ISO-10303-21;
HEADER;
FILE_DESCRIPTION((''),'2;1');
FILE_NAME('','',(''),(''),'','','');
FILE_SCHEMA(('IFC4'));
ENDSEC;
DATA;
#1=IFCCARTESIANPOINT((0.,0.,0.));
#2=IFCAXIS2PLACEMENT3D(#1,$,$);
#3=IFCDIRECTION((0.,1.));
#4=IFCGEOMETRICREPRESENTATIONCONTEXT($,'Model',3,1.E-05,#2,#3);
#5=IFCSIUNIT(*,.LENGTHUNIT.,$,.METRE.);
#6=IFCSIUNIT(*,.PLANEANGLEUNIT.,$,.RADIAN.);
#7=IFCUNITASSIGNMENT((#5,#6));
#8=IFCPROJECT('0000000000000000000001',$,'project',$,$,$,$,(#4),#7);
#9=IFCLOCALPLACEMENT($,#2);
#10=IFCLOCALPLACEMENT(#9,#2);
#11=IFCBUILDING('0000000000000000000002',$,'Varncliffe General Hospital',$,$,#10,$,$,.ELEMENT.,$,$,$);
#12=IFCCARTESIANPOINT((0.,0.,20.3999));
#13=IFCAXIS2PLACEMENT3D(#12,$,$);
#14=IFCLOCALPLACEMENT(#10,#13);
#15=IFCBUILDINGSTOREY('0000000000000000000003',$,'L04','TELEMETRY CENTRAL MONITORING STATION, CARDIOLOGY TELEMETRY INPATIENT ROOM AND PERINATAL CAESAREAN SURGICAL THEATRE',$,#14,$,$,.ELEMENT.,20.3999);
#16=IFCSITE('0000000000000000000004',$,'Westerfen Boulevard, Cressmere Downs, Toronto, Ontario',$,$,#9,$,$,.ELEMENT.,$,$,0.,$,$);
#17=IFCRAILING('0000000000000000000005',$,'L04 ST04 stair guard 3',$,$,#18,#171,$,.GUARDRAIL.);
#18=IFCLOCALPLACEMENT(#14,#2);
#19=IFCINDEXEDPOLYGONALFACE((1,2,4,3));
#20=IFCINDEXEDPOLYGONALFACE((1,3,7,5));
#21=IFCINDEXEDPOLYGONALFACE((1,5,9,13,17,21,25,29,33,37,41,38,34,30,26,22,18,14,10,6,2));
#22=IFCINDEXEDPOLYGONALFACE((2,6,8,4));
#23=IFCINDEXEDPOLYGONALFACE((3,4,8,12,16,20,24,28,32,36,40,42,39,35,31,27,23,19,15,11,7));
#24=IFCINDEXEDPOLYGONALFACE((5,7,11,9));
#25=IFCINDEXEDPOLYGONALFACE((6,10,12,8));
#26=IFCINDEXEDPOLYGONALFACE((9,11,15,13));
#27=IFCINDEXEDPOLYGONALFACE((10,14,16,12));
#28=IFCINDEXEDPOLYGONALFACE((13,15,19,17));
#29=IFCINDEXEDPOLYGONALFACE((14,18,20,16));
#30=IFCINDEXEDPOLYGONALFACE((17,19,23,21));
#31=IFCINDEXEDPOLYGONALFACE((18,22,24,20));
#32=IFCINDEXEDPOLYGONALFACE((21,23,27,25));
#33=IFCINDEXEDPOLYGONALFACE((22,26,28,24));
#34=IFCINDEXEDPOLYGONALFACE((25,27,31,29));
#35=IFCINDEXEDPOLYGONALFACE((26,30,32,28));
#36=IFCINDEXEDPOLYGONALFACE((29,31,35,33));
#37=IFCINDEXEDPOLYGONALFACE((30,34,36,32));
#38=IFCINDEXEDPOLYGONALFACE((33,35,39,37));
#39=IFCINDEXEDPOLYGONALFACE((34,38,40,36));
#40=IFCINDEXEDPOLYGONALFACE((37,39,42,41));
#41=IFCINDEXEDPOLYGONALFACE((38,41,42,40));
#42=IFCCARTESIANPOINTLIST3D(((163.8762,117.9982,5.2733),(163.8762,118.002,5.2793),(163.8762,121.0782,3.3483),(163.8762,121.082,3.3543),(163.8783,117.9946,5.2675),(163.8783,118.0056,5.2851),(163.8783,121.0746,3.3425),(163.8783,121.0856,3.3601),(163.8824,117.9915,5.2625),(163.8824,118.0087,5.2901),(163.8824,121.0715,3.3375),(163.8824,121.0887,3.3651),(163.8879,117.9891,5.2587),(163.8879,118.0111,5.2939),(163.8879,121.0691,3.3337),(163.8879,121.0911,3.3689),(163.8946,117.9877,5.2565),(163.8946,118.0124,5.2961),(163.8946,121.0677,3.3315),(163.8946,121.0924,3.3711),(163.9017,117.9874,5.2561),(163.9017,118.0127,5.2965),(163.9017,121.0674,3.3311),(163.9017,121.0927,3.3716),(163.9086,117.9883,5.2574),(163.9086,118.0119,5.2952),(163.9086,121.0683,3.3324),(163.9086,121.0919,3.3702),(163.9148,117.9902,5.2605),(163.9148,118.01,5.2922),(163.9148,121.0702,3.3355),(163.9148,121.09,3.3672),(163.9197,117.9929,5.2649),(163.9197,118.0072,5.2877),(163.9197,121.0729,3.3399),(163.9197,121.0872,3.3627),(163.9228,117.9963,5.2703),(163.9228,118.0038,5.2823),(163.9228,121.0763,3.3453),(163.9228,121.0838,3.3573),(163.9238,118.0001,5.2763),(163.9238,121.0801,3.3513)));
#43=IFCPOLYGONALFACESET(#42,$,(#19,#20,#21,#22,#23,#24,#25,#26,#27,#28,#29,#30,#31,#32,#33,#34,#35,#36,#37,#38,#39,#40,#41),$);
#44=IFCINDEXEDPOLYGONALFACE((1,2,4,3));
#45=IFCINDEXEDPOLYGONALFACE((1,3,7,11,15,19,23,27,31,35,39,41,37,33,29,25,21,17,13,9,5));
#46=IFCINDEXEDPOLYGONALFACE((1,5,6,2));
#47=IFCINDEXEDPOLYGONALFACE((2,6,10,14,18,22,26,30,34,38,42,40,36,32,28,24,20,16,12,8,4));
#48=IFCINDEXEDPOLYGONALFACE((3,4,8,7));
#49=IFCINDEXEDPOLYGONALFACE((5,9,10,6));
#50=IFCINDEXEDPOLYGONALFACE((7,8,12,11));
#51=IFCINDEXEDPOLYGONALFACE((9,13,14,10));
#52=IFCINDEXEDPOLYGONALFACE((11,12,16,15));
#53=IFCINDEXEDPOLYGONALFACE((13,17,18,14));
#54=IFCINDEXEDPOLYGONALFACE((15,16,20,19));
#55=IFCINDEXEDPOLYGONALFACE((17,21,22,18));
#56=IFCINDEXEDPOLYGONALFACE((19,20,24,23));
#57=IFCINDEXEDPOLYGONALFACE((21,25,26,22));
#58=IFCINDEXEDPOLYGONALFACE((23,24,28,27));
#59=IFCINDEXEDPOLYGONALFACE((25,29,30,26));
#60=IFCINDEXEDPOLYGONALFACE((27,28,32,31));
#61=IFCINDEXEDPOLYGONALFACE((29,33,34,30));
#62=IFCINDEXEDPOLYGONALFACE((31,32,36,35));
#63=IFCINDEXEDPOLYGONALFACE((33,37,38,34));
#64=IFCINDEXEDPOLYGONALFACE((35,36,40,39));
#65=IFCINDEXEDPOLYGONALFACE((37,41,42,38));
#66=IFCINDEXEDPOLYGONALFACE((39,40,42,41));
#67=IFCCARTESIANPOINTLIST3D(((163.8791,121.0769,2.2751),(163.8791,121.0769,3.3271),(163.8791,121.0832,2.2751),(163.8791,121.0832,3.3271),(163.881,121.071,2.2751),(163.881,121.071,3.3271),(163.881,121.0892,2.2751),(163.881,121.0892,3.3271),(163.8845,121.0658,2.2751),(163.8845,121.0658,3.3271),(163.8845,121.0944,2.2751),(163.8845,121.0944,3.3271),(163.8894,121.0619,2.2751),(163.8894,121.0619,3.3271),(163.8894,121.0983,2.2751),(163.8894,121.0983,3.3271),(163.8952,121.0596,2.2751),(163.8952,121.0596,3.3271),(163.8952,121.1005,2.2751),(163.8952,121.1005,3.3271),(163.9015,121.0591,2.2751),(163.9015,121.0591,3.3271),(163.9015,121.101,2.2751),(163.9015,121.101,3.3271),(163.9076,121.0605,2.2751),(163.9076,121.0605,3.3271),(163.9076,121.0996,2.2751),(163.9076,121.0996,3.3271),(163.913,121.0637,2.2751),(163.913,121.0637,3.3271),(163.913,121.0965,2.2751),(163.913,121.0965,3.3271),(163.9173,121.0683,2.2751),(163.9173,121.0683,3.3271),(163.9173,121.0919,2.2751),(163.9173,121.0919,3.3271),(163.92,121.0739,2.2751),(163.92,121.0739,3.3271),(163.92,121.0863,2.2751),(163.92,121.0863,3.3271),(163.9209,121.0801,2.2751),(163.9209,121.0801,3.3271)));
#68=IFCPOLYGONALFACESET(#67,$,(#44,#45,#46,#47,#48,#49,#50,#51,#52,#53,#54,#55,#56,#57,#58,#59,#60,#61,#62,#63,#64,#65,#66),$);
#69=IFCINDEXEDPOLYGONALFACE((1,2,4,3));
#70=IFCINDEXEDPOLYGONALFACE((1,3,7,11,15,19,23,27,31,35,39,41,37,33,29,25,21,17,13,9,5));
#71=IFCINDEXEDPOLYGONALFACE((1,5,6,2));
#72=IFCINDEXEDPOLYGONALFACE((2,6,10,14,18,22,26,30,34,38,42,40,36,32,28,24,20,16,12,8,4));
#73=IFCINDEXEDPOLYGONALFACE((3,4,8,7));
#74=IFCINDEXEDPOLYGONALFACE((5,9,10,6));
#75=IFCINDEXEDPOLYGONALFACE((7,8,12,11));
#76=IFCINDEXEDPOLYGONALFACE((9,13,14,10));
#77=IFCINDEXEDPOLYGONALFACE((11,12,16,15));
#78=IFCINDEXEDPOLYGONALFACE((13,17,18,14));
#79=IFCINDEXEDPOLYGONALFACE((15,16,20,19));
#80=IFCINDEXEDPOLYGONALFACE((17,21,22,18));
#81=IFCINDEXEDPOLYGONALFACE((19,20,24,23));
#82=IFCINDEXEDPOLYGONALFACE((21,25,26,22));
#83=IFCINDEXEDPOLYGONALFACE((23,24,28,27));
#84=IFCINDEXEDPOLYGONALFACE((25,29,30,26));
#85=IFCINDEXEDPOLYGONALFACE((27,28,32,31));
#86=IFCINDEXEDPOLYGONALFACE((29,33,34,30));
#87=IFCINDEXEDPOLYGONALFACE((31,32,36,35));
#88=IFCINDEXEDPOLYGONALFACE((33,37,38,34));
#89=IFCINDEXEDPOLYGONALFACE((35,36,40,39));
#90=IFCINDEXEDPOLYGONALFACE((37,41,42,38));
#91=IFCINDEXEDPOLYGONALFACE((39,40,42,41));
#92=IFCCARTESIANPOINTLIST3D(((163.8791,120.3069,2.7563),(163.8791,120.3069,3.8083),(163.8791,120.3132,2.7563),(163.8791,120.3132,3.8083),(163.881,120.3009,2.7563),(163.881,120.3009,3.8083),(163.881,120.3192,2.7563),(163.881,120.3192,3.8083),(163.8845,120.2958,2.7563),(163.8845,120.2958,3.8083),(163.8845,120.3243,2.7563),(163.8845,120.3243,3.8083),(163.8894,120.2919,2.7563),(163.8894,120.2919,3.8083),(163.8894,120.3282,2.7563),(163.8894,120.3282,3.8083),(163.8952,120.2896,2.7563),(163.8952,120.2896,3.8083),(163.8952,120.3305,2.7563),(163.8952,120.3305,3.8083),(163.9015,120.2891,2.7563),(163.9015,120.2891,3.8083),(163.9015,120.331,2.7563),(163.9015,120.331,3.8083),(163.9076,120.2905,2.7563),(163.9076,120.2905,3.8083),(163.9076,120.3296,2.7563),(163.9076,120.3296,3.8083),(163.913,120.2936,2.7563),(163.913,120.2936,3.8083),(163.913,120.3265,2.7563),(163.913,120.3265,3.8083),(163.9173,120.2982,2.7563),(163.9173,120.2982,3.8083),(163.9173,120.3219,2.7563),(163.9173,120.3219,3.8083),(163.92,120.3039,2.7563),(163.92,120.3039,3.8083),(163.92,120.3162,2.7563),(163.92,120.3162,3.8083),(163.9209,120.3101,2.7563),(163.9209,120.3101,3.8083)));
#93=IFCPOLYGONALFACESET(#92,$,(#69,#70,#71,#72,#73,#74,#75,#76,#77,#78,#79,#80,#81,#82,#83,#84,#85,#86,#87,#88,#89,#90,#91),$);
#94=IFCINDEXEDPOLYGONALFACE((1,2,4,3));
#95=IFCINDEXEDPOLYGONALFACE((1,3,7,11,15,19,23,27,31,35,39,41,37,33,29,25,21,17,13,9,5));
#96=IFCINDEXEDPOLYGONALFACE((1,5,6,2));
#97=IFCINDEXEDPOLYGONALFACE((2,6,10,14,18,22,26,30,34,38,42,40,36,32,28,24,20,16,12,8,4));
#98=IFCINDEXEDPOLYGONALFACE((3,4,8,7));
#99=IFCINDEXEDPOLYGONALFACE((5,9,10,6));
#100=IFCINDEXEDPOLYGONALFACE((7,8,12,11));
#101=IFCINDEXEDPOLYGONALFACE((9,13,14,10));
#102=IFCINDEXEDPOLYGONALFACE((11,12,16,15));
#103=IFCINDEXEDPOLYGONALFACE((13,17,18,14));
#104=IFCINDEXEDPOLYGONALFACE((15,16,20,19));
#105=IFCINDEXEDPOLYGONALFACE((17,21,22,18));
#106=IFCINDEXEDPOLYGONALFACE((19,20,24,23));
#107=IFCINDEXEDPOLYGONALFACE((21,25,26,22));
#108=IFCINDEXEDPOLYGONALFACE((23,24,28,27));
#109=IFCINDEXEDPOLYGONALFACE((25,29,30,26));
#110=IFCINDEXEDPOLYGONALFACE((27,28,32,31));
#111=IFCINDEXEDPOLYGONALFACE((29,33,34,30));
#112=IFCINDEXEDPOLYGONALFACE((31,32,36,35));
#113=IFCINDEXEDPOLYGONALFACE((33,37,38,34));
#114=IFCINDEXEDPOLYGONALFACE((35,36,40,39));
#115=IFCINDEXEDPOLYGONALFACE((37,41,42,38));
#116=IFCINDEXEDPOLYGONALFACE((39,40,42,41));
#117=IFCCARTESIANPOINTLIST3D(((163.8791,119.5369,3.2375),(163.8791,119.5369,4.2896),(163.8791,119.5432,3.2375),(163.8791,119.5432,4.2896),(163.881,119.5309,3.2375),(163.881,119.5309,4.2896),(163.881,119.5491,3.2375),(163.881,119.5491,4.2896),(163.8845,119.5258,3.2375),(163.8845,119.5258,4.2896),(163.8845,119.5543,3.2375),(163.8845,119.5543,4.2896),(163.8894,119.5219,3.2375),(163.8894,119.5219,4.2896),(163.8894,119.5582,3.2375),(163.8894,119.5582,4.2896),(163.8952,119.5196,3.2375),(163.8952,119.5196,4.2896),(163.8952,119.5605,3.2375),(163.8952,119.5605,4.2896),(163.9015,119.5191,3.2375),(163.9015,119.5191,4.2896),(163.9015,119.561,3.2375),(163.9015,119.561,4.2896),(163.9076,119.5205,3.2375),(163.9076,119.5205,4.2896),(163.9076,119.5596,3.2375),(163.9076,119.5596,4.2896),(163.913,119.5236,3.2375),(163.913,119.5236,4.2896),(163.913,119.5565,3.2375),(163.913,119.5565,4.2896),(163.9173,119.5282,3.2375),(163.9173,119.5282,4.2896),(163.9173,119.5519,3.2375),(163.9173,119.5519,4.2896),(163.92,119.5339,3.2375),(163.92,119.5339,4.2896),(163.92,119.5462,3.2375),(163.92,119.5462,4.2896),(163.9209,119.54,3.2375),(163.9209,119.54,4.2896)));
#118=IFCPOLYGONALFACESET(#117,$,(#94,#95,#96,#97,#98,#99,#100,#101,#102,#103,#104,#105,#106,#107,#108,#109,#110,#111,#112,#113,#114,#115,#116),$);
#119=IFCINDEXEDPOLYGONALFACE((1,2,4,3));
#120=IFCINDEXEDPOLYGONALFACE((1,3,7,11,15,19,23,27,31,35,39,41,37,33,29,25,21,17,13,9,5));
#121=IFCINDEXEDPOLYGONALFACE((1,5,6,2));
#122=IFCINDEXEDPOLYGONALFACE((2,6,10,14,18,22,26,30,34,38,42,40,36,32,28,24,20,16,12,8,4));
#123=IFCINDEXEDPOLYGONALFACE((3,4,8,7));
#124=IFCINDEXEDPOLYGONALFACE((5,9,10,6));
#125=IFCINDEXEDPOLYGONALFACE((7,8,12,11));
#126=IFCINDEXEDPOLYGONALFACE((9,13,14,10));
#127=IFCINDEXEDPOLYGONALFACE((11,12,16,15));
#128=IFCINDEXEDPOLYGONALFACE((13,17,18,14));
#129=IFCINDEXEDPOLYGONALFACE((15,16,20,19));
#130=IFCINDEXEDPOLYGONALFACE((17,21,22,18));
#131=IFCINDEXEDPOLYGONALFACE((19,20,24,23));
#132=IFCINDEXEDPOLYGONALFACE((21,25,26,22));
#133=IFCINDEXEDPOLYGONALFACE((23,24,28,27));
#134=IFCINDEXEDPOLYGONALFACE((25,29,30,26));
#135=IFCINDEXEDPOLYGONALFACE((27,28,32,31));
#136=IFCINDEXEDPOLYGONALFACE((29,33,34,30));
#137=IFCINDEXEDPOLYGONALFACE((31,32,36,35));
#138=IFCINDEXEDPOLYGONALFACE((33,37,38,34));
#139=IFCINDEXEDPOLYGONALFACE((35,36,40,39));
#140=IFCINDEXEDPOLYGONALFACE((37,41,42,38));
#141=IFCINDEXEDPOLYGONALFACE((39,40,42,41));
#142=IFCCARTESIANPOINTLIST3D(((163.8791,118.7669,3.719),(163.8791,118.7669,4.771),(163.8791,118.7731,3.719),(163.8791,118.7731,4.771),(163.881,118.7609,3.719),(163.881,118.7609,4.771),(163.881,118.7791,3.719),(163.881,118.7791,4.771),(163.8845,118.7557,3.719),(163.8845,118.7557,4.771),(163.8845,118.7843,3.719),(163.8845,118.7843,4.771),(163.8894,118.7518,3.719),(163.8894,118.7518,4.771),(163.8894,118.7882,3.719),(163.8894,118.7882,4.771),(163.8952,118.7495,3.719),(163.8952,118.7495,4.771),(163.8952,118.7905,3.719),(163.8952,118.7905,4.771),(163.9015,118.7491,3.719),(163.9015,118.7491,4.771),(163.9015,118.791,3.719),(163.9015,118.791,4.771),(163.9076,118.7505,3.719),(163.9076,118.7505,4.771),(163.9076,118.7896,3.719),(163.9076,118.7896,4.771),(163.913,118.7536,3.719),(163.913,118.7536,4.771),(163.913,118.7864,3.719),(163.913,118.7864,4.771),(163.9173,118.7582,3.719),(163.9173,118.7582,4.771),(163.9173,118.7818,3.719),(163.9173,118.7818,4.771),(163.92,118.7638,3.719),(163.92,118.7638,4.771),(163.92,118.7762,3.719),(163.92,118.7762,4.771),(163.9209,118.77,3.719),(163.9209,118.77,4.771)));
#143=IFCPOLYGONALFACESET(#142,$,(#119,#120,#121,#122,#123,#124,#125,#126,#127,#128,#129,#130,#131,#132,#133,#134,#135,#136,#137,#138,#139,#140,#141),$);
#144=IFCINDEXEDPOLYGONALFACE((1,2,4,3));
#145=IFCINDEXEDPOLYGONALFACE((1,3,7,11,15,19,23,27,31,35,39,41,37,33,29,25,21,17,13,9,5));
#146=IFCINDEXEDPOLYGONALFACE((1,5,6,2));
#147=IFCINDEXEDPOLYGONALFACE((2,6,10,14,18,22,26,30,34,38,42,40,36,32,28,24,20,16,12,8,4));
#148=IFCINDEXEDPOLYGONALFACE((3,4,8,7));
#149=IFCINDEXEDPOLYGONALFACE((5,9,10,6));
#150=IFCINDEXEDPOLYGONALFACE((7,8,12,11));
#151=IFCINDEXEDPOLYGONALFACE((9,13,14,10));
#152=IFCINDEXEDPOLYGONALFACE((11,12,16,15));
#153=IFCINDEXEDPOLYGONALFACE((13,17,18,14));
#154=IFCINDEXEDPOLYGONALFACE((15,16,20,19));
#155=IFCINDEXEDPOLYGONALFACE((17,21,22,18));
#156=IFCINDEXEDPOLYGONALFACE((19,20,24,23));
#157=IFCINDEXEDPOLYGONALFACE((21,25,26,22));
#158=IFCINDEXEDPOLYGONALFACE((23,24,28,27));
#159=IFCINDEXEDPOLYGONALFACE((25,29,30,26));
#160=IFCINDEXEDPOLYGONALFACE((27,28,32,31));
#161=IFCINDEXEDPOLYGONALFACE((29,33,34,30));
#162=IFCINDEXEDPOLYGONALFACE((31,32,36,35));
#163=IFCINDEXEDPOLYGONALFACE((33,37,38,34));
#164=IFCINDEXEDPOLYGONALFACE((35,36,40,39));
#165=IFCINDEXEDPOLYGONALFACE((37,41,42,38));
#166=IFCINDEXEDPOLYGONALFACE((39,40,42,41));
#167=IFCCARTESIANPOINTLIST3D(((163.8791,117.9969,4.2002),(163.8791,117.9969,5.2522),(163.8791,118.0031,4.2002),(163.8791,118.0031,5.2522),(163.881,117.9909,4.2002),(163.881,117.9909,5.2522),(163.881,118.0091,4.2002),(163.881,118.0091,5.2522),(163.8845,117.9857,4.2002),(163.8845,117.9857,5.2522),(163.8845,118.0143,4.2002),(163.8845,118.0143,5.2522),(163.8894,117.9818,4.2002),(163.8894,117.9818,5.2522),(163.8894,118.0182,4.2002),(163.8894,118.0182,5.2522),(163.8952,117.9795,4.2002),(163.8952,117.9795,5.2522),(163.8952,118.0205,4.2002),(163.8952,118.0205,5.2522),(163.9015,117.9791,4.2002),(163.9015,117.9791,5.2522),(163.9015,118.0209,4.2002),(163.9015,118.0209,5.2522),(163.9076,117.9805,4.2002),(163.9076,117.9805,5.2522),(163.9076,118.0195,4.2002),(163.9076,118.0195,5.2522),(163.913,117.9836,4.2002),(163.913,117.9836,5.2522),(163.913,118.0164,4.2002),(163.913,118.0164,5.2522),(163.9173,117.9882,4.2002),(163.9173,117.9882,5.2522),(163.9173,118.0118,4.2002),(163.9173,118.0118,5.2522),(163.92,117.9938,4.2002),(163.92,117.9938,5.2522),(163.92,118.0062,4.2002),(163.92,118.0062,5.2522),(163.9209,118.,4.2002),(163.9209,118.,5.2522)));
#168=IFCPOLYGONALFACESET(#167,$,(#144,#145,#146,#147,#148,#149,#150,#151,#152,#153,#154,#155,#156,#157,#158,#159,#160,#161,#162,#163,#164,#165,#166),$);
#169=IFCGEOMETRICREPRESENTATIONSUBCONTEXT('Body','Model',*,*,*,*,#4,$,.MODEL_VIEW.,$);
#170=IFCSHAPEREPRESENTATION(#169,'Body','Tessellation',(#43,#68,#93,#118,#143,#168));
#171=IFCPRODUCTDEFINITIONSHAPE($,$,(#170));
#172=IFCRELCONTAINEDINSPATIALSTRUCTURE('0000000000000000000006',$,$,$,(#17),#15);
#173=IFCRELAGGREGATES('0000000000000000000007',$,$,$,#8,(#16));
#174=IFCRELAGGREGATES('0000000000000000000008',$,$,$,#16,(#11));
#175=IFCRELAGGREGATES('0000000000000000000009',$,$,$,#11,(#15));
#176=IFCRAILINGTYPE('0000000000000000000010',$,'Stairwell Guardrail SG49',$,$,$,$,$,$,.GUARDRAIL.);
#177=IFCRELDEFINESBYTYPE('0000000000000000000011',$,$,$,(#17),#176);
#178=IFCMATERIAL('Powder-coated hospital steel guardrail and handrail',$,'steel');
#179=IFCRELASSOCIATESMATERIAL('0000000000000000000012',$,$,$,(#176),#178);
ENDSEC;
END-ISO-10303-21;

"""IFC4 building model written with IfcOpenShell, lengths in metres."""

from ifc_helpers import new_model, si_unit, direction, frame, origin, origin_2d, place, context, subcontext, project, spatial, circle, extrude, material, type_object, element, save


model = new_model("IFC4")

# Units and contexts
model_context = context("Model", 3, precision=1e-05, world=origin(), true_north=direction((0.0, 1.0)))
body_context = subcontext(model_context, "Body", "Model", "MODEL_VIEW")
ifc_project = project(units=[si_unit("LENGTHUNIT", "METRE"), si_unit("PLANEANGLEUNIT", "RADIAN")], contexts=[model_context])

# Site, building, storey
site_placement = place(None, origin())
site = spatial("IfcSite", under=ifc_project, at=site_placement, Name="Westerfen Boulevard, Cressmere Downs, Toronto, Ontario", CompositionType="ELEMENT", RefElevation=0.0)
building_placement = place(site_placement, origin())
building = spatial("IfcBuilding", under=site, at=building_placement, Name="Varncliffe General Hospital", CompositionType="ELEMENT")
storey_placement = place(building_placement, frame((0.0, 0.0, 20.3999)))
storey = spatial("IfcBuildingStorey", under=building, at=storey_placement, Name="L04", Description="TELEMETRY CENTRAL MONITORING STATION, CARDIOLOGY TELEMETRY INPATIENT ROOM AND PERINATAL CAESAREAN SURGICAL THEATRE", CompositionType="ELEMENT", Elevation=20.3999)

# Railing
ifc_material_1 = material(Name="Powder-coated hospital steel guardrail and handrail", Category="steel")
railing_type_1 = type_object("IfcRailingType", Name="Stairwell Guardrail SG49", PredefinedType="GUARDRAIL", material=ifc_material_1)
railing_1_placement = place(storey_placement, frame((163.8999, 121.0801, 2.2751)))
element("IfcRailing", 1, at=railing_1_placement, inside=storey, type_object=railing_type_1, Name="L04 ST04 stair guard 3", PredefinedType="GUARDRAIL", context=body_context, shape_type="SweptSolid", body=[
    extrude(circle(Radius=0.0239, at=origin_2d()), frame((0.0, 0.0, 1.0762), z_axis=(0.0, -0.847998, 0.529999), x_axis=(1.0, 0.0, 0.0)), (0.0, 0.0, 1.0), 3.6321),
    extrude(circle(Radius=0.021, at=origin_2d()), origin(), (0.0, 0.0, 1.0), 1.052),
    extrude(circle(Radius=0.021, at=origin_2d()), frame((0.0, -0.77, 0.4812)), (0.0, 0.0, 1.0), 1.052),
    extrude(circle(Radius=0.021, at=origin_2d()), frame((0.0, -1.54, 0.9624)), (0.0, 0.0, 1.0), 1.052),
    extrude(circle(Radius=0.021, at=origin_2d()), frame((0.0, -2.3101, 1.4438)), (0.0, 0.0, 1.0), 1.052),
    extrude(circle(Radius=0.021, at=origin_2d()), frame((0.0, -3.0801, 1.925)), (0.0, 0.0, 1.0), 1.052),
])

save(model, "model.ifc")
